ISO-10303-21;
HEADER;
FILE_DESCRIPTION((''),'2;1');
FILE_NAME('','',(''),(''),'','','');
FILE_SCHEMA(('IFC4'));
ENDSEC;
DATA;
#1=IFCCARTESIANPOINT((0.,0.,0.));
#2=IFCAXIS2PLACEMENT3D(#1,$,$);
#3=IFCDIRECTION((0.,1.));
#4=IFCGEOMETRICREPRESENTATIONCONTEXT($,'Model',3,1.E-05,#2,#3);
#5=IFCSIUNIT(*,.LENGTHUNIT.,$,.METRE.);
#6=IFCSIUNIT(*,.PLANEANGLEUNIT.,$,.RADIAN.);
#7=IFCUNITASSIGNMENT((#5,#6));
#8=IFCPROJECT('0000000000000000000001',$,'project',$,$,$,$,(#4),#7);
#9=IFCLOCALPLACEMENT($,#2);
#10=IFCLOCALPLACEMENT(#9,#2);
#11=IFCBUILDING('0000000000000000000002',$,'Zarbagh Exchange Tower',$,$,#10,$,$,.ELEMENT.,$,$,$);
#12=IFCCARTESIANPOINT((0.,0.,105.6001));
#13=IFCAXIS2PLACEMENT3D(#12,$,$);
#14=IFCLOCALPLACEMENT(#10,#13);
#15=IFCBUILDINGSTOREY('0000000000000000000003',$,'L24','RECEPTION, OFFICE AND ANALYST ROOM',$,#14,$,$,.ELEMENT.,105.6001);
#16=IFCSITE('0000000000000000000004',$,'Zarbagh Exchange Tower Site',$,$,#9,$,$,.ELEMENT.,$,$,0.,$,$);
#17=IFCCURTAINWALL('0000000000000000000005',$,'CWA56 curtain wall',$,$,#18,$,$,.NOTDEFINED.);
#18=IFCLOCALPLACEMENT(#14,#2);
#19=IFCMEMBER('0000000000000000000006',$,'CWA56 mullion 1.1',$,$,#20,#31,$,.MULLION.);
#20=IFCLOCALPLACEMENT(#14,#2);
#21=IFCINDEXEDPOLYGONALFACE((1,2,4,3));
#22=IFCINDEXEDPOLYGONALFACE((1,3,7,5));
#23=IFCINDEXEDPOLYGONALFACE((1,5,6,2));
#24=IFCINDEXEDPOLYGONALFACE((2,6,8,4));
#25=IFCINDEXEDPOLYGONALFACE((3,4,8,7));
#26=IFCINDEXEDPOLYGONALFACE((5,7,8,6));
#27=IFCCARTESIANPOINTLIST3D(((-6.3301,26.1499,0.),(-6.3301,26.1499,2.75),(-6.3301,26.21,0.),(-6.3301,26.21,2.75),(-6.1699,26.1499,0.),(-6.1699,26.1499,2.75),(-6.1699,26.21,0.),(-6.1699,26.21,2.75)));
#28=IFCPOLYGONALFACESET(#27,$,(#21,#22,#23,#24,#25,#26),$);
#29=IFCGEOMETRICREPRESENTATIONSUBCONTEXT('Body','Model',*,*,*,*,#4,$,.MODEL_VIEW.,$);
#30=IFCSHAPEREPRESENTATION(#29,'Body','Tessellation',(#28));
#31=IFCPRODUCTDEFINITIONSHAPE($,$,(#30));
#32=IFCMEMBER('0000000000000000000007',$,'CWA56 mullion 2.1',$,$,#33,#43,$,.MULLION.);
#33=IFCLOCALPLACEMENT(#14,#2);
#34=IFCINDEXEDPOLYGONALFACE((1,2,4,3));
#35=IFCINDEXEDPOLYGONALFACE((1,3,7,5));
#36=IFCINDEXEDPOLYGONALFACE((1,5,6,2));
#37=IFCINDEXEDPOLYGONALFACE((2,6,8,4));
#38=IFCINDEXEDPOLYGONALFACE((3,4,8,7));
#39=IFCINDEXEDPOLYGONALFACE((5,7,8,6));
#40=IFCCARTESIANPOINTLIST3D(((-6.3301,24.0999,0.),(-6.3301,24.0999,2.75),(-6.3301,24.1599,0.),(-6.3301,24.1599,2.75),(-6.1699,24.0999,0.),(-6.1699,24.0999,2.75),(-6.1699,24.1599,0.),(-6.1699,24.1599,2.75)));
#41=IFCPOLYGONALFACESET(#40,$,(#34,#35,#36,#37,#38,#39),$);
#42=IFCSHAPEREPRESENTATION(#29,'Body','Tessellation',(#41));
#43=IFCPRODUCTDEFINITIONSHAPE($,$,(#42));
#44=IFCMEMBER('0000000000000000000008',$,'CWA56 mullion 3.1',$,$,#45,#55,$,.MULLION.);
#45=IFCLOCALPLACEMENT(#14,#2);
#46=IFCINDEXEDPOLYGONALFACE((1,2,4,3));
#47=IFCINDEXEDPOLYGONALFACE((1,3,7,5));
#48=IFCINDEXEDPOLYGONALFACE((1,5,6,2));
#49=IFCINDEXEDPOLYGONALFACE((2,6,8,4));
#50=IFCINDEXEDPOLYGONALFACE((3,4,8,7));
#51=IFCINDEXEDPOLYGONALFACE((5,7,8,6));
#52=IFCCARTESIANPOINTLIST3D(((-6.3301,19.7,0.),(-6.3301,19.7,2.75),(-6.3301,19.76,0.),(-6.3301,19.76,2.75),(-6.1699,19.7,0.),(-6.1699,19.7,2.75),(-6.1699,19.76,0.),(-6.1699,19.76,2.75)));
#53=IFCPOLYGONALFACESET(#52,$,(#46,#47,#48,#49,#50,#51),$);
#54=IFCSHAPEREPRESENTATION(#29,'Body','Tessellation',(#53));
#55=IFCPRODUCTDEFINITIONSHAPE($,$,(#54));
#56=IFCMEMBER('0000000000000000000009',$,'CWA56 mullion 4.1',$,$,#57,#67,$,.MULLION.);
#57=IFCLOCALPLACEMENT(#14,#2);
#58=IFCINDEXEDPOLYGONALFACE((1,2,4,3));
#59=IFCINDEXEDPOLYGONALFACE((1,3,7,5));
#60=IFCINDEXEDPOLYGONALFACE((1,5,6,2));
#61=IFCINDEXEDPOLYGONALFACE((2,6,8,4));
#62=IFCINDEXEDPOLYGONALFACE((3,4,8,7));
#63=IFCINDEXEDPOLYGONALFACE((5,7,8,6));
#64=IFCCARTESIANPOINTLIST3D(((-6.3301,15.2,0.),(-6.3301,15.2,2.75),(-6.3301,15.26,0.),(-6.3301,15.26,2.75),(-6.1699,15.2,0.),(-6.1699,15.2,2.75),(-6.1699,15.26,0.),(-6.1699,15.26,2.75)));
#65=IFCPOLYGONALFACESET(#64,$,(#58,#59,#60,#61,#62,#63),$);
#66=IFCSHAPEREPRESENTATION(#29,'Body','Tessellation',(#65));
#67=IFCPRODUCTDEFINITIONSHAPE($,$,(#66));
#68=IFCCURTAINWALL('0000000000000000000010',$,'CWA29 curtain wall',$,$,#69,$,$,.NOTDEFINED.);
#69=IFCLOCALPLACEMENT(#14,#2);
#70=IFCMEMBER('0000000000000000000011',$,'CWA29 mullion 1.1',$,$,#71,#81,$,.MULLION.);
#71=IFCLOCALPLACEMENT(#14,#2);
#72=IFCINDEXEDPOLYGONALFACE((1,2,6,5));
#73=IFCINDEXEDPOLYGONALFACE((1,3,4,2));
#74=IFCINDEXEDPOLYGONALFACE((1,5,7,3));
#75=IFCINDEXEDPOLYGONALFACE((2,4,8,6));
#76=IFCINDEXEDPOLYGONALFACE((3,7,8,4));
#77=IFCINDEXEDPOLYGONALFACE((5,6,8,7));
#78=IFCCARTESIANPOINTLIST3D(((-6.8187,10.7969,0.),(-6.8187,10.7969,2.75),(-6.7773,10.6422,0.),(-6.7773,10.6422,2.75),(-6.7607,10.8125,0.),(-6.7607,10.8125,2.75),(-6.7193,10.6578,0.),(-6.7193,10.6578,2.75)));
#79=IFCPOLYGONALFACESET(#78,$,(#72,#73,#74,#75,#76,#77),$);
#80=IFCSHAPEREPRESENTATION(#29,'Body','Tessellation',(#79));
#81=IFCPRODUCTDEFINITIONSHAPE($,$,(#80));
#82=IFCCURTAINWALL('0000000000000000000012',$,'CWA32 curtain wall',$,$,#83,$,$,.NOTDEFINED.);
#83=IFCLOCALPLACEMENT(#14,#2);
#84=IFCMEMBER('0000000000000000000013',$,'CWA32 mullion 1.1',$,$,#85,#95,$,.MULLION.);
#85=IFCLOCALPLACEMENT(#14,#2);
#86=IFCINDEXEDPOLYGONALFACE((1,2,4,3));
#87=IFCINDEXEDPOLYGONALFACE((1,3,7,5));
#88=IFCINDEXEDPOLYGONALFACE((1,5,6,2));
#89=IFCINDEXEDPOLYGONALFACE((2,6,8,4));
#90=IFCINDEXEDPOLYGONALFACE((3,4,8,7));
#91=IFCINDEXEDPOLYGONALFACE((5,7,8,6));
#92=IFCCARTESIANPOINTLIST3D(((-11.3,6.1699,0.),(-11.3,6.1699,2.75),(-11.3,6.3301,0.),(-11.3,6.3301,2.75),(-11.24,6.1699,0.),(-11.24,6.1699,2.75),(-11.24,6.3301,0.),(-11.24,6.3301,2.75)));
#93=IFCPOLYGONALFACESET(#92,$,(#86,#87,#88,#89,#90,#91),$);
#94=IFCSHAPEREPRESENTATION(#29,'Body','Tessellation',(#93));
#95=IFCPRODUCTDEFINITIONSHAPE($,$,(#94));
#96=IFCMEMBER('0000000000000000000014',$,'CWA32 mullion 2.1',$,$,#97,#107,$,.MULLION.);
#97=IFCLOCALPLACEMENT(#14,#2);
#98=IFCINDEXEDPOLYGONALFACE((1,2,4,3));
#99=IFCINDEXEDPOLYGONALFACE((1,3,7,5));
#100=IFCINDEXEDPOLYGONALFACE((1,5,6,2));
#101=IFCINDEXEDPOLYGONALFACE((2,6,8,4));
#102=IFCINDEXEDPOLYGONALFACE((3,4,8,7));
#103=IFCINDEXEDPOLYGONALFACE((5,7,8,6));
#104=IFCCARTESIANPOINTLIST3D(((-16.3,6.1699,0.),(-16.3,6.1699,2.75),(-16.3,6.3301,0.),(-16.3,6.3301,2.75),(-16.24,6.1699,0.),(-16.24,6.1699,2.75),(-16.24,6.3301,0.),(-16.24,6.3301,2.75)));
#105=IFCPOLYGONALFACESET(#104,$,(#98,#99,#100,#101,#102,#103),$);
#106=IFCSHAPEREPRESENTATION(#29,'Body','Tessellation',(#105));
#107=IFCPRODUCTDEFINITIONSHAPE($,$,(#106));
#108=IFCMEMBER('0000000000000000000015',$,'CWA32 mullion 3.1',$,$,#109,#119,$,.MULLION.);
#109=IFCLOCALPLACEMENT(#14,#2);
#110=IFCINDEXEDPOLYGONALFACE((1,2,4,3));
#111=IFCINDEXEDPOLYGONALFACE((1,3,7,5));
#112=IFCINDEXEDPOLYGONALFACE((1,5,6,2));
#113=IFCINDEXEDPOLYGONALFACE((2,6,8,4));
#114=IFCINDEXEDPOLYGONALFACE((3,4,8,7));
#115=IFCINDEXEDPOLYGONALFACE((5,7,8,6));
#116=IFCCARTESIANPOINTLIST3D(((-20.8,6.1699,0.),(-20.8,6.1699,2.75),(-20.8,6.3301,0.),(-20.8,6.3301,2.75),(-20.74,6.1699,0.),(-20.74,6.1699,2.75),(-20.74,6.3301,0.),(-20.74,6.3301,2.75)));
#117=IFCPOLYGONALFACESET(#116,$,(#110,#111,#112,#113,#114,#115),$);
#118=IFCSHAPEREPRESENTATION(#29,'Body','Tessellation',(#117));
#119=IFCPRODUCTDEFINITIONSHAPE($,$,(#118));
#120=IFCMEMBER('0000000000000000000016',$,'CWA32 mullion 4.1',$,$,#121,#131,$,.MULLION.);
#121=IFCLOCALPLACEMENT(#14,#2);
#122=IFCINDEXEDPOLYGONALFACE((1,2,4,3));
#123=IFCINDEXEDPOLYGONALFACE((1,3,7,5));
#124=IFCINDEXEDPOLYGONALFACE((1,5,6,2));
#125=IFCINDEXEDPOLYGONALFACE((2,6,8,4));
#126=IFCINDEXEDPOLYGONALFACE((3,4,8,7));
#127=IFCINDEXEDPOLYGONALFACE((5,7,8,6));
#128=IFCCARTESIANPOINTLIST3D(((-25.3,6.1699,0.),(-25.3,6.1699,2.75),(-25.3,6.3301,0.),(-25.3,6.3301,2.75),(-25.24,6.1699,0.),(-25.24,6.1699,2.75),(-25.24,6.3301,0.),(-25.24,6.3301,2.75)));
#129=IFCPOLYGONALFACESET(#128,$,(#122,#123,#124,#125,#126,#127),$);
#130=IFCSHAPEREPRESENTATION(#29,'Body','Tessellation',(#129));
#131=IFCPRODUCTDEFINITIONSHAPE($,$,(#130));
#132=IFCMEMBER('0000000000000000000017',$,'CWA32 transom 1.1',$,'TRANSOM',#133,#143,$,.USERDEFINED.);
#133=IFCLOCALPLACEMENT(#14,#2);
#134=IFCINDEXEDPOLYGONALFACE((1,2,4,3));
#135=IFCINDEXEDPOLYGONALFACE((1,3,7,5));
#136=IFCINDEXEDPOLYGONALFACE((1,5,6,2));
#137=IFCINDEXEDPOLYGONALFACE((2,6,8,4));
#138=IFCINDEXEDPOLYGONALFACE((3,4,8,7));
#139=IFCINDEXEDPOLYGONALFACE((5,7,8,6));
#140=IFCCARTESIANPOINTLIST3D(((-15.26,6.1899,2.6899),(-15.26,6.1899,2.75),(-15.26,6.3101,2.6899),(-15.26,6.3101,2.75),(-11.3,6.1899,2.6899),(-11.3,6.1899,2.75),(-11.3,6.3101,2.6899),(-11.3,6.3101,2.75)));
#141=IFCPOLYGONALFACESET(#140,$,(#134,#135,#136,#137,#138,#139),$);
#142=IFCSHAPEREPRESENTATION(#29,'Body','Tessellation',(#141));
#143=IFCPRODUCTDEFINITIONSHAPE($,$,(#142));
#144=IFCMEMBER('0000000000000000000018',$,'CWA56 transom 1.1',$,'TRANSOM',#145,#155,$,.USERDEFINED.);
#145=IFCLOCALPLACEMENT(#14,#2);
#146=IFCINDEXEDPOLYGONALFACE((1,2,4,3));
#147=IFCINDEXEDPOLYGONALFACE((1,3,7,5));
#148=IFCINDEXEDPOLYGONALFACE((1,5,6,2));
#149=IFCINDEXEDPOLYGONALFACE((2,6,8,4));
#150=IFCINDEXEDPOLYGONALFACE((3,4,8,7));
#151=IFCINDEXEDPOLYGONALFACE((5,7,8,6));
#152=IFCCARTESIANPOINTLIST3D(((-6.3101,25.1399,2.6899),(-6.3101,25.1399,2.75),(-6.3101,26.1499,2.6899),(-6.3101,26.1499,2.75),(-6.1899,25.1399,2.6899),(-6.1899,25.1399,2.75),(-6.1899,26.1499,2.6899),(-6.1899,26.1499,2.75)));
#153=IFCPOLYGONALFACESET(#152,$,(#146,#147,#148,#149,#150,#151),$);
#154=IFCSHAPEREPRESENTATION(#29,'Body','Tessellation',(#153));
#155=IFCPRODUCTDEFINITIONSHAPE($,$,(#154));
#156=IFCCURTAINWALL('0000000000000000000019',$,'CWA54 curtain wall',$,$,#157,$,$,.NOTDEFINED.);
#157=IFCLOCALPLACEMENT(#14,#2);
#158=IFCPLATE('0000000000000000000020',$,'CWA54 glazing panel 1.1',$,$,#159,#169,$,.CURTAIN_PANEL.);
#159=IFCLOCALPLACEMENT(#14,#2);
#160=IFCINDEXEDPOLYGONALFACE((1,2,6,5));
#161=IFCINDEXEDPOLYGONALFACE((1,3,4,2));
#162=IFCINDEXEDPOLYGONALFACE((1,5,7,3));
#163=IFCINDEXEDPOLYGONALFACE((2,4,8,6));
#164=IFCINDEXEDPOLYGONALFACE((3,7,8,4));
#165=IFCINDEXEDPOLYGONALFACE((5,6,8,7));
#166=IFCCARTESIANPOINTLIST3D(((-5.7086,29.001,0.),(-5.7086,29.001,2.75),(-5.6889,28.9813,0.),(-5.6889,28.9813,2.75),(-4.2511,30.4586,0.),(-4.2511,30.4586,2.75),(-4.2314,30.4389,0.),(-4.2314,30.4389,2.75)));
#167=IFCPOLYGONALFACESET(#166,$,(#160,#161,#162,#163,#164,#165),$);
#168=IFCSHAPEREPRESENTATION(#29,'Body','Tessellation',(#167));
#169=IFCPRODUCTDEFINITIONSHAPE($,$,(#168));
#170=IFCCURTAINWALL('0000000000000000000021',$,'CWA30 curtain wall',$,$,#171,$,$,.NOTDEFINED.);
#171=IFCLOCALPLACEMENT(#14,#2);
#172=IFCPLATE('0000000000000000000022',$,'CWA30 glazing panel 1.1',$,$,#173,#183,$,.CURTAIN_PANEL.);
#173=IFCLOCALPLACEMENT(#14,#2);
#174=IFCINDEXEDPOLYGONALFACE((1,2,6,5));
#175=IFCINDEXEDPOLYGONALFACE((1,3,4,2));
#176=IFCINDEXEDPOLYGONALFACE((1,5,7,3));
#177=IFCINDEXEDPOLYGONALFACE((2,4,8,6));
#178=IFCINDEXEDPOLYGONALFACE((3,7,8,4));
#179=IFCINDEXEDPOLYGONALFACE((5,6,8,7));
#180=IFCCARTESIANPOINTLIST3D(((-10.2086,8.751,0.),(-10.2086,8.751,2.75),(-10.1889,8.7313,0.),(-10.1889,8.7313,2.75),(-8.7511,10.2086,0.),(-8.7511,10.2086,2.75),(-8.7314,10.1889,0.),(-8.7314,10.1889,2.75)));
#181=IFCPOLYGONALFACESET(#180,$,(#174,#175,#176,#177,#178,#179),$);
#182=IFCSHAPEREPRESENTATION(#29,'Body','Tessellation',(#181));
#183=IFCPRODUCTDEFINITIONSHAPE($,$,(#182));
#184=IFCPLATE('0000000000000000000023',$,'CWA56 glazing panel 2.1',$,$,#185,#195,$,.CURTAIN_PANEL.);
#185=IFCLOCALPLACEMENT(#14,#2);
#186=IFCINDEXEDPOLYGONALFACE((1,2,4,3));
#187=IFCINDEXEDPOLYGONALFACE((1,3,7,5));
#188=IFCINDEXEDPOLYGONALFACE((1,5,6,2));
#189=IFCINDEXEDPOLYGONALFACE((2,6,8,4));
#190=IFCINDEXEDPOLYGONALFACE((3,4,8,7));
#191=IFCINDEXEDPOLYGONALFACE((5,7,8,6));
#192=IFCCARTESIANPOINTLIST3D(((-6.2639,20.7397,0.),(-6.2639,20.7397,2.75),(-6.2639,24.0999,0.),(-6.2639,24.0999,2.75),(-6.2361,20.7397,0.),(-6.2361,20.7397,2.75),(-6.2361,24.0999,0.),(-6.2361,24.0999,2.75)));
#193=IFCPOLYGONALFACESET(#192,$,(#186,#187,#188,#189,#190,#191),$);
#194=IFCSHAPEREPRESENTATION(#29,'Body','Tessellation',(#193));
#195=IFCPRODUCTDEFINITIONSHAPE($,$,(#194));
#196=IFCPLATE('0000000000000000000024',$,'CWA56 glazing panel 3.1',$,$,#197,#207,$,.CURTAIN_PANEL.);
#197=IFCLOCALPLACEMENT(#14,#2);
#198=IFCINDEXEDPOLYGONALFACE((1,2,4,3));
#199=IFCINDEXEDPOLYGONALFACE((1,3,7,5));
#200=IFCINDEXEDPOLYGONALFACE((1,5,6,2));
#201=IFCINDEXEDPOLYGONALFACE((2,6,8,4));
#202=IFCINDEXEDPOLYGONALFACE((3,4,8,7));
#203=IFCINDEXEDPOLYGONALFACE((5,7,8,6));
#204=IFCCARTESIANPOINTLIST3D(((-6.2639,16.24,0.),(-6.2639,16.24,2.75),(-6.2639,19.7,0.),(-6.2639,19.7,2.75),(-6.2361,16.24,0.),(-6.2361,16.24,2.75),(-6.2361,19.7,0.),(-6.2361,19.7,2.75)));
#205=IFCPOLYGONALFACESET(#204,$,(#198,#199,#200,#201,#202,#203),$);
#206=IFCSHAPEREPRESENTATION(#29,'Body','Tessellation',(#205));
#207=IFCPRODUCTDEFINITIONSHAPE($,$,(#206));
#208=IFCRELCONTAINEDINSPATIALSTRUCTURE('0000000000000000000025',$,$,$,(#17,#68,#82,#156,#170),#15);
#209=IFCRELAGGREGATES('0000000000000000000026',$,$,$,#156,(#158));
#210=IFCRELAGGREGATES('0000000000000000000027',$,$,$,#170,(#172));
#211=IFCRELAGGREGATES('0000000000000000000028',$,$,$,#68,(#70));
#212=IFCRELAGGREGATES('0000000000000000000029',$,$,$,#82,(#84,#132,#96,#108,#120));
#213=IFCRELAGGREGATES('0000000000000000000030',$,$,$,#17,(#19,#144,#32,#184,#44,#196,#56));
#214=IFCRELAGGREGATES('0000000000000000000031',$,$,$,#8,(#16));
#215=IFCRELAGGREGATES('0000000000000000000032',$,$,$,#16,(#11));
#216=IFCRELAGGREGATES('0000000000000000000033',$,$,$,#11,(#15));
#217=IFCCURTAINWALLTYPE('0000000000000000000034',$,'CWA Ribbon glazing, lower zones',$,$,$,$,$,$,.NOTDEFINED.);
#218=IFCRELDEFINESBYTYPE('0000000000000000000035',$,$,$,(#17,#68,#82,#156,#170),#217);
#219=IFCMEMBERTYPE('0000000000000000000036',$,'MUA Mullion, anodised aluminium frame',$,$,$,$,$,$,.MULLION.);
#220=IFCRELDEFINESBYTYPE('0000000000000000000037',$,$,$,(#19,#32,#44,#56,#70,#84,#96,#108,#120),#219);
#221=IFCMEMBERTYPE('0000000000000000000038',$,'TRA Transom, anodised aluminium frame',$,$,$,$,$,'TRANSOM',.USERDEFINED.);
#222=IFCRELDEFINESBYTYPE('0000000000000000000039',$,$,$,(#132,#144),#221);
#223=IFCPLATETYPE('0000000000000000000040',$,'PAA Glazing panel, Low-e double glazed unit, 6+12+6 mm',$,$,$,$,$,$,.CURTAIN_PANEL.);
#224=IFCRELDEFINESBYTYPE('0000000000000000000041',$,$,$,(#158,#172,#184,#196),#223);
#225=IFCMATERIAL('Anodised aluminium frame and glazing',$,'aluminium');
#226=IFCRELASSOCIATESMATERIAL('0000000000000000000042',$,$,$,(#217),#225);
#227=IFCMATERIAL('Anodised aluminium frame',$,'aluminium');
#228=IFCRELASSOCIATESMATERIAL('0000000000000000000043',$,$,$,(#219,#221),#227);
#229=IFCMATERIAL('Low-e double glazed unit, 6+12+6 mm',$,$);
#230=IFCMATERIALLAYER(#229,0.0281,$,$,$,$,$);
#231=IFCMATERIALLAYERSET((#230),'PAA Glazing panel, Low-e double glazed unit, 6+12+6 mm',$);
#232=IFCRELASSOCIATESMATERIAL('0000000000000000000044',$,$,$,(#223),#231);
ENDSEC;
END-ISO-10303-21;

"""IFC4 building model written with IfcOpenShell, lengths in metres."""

from ifc_helpers import new_model, si_unit, direction, frame, origin, place, context, subcontext, project, spatial, polyline, outline, extrude, source, transform, mapped, material, layer, layer_set, type_object, element, aggregate, save


model = new_model("IFC4")

# Units and contexts
model_context = context("Model", 3, precision=1e-05, world=origin(), true_north=direction((0.0, 1.0)))
body_context = subcontext(model_context, "Body", "Model", "MODEL_VIEW")
ifc_project = project(units=[si_unit("LENGTHUNIT", "METRE"), si_unit("PLANEANGLEUNIT", "RADIAN")], contexts=[model_context])

# Site, building, storey
site_placement = place(None, origin())
site = spatial("IfcSite", under=ifc_project, at=site_placement, Name="Zarbagh Exchange Tower Site", CompositionType="ELEMENT", RefElevation=0.0)
building_placement = place(site_placement, origin())
building = spatial("IfcBuilding", under=site, at=building_placement, Name="Zarbagh Exchange Tower", CompositionType="ELEMENT")
storey_placement = place(building_placement, frame((0.0, 0.0, 105.6001)))
storey = spatial("IfcBuildingStorey", under=building, at=storey_placement, Name="L24", Description="RECEPTION, OFFICE AND ANALYST ROOM", CompositionType="ELEMENT", Elevation=105.6001)

# Curtain wall, members
ifc_material_1 = material(Name="Anodised aluminium frame and glazing", Category="aluminium")
curtain_wall_type = type_object("IfcCurtainWallType", Name="CWA Ribbon glazing, lower zones", PredefinedType="NOTDEFINED", material=ifc_material_1)
curtain_wall_1_placement = place(storey_placement, origin())
curtain_wall_1 = element("IfcCurtainWall", 1, at=curtain_wall_1_placement, inside=storey, type_object=curtain_wall_type, Name="CWA56 curtain wall", PredefinedType="NOTDEFINED")
ifc_material_2 = material(Name="Anodised aluminium frame", Category="aluminium")
member_type_1 = type_object("IfcMemberType", Name="MUA Mullion, anodised aluminium frame", PredefinedType="MULLION", material=ifc_material_2)
shared_shape_1 = source(origin(), body_context, "Body", "SweptSolid", [
    extrude(outline(polyline([(0.0, -0.0801), (0.0601, -0.0801), (0.0601, 0.0801), (0.0, 0.0801), (0.0, -0.0801)])), origin(), (0.0, 0.0, 1.0), 2.75),
])
placement = place(storey_placement, origin())
member_1 = element("IfcMember", 2, at=placement, type_object=member_type_1, Name="CWA56 mullion 1.1", PredefinedType="MULLION", context=body_context, shape_type="MappedRepresentation", body=[
    mapped(shared_shape_1, transform((-6.25, 26.21, 0.0), x_axis=(0.0, -1.0, 0.0), y_axis=(1.0, 0.0, 0.0), z_axis=(0.0, 0.0, 1.0))),
])
member_2 = element("IfcMember", 3, at=placement, type_object=member_type_1, Name="CWA56 mullion 2.1", PredefinedType="MULLION", context=body_context, shape_type="MappedRepresentation", body=[
    mapped(shared_shape_1, transform((-6.25, 24.1599, 0.0), x_axis=(0.0, -1.0, 0.0), y_axis=(1.0, 0.0, 0.0), z_axis=(0.0, 0.0, 1.0))),
])
member_3 = element("IfcMember", 4, at=placement, type_object=member_type_1, Name="CWA56 mullion 3.1", PredefinedType="MULLION", context=body_context, shape_type="MappedRepresentation", body=[
    mapped(shared_shape_1, transform((-6.25, 19.76, 0.0), x_axis=(0.0, -1.0, 0.0), y_axis=(1.0, 0.0, 0.0), z_axis=(0.0, 0.0, 1.0))),
])
member_4 = element("IfcMember", 5, at=placement, type_object=member_type_1, Name="CWA56 mullion 4.1", PredefinedType="MULLION", context=body_context, shape_type="MappedRepresentation", body=[
    mapped(shared_shape_1, transform((-6.25, 15.26, 0.0), x_axis=(0.0, -1.0, 0.0), y_axis=(1.0, 0.0, 0.0), z_axis=(0.0, 0.0, 1.0))),
])

# Curtain wall, member
curtain_wall_2_placement = place(storey_placement, origin())
curtain_wall_2 = element("IfcCurtainWall", 6, at=curtain_wall_2_placement, inside=storey, type_object=curtain_wall_type, Name="CWA29 curtain wall", PredefinedType="NOTDEFINED")
member_5 = element("IfcMember", 7, at=placement, type_object=member_type_1, Name="CWA29 mullion 1.1", PredefinedType="MULLION", context=body_context, shape_type="MappedRepresentation", body=[
    mapped(shared_shape_1, transform((-6.74, 10.7351, 0.0), x_axis=(-0.965924, -0.258825, 0.0), y_axis=(0.258825, -0.965924, 0.0), z_axis=(0.0, 0.0, 1.0))),
])

# Curtain wall, members
curtain_wall_3_placement = place(storey_placement, origin())
curtain_wall_3 = element("IfcCurtainWall", 8, at=curtain_wall_3_placement, inside=storey, type_object=curtain_wall_type, Name="CWA32 curtain wall", PredefinedType="NOTDEFINED")
member_6 = element("IfcMember", 9, at=placement, type_object=member_type_1, Name="CWA32 mullion 1.1", PredefinedType="MULLION", context=body_context, shape_type="MappedRepresentation", body=[
    mapped(shared_shape_1, transform((-11.24, 6.25, 0.0), x_axis=(-1.0, 0.0, 0.0), y_axis=(0.0, -1.0, 0.0), z_axis=(0.0, 0.0, 1.0))),
])
member_7 = element("IfcMember", 10, at=placement, type_object=member_type_1, Name="CWA32 mullion 2.1", PredefinedType="MULLION", context=body_context, shape_type="MappedRepresentation", body=[
    mapped(shared_shape_1, transform((-16.24, 6.25, 0.0), x_axis=(-1.0, 0.0, 0.0), y_axis=(0.0, -1.0, 0.0), z_axis=(0.0, 0.0, 1.0))),
])
member_8 = element("IfcMember", 11, at=placement, type_object=member_type_1, Name="CWA32 mullion 3.1", PredefinedType="MULLION", context=body_context, shape_type="MappedRepresentation", body=[
    mapped(shared_shape_1, transform((-20.74, 6.25, 0.0), x_axis=(-1.0, 0.0, 0.0), y_axis=(0.0, -1.0, 0.0), z_axis=(0.0, 0.0, 1.0))),
])
member_9 = element("IfcMember", 12, at=placement, type_object=member_type_1, Name="CWA32 mullion 4.1", PredefinedType="MULLION", context=body_context, shape_type="MappedRepresentation", body=[
    mapped(shared_shape_1, transform((-25.24, 6.25, 0.0), x_axis=(-1.0, 0.0, 0.0), y_axis=(0.0, -1.0, 0.0), z_axis=(0.0, 0.0, 1.0))),
])
member_type_2 = type_object("IfcMemberType", Name="TRA Transom, anodised aluminium frame", ElementType="TRANSOM", PredefinedType="USERDEFINED", material=ifc_material_2)
shared_shape_2 = source(origin(), body_context, "Body", "SweptSolid", [
    extrude(outline(polyline([(-0.0601, -0.0601), (0.0, -0.0601), (0.0, 0.0601), (-0.0601, 0.0601), (-0.0601, -0.0601)])), origin(), (0.0, 0.0, 1.0), 3.96),
])
member_10 = element("IfcMember", 13, at=placement, type_object=member_type_2, Name="CWA32 transom 1.1", ObjectType="TRANSOM", PredefinedType="USERDEFINED", context=body_context, shape_type="MappedRepresentation", body=[
    mapped(shared_shape_2, transform((-11.3, 6.25, 2.75), x_axis=(0.0, 0.0, 1.0), y_axis=(0.0, 1.0, 0.0), z_axis=(-1.0, 0.0, 0.0))),
])

# Member
shared_shape_3 = source(origin(), body_context, "Body", "SweptSolid", [
    extrude(outline(polyline([(-0.0601, -0.0601), (0.0, -0.0601), (0.0, 0.0601), (-0.0601, 0.0601), (-0.0601, -0.0601)])), origin(), (0.0, 0.0, 1.0), 1.01),
])
member_11 = element("IfcMember", 14, at=placement, type_object=member_type_2, Name="CWA56 transom 1.1", ObjectType="TRANSOM", PredefinedType="USERDEFINED", context=body_context, shape_type="MappedRepresentation", body=[
    mapped(shared_shape_3, transform((-6.25, 26.1499, 2.75), x_axis=(0.0, 0.0, 1.0), y_axis=(-1.0, 0.0, 0.0), z_axis=(0.0, -1.0, 0.0))),
])

# Curtain walls, plates
curtain_wall_4_placement = place(storey_placement, origin())
curtain_wall_4 = element("IfcCurtainWall", 15, at=curtain_wall_4_placement, inside=storey, type_object=curtain_wall_type, Name="CWA54 curtain wall", PredefinedType="NOTDEFINED")
ifc_material_3 = material(Name="Low-e double glazed unit, 6+12+6 mm")
ifc_layer = layer(ifc_material_3, 0.0281)
ifc_layer_set = layer_set([ifc_layer], Name="PAA Glazing panel, Low-e double glazed unit, 6+12+6 mm")
plate_type = type_object("IfcPlateType", Name="PAA Glazing panel, Low-e double glazed unit, 6+12+6 mm", PredefinedType="CURTAIN_PANEL", material=ifc_layer_set)
shared_shape_4 = source(origin(), body_context, "Body", "SweptSolid", [
    extrude(outline(polyline([(0.0, -0.0139), (2.0613, -0.0139), (2.0613, 0.0139), (0.0, 0.0139), (0.0, -0.0139)])), origin(), (0.0, 0.0, 1.0), 2.75),
])
plate_1 = element("IfcPlate", 16, at=placement, type_object=plate_type, Name="CWA54 glazing panel 1.1", PredefinedType="CURTAIN_PANEL", context=body_context, shape_type="MappedRepresentation", body=[
    mapped(shared_shape_4, transform((-4.2412, 30.4487, 0.0), x_axis=(-0.707107, -0.707107, 0.0), y_axis=(0.707107, -0.707107, 0.0), z_axis=(0.0, 0.0, 1.0))),
])
aggregate(curtain_wall_4, [plate_1])
curtain_wall_5_placement = place(storey_placement, origin())
curtain_wall_5 = element("IfcCurtainWall", 17, at=curtain_wall_5_placement, inside=storey, type_object=curtain_wall_type, Name="CWA30 curtain wall", PredefinedType="NOTDEFINED")
plate_2 = element("IfcPlate", 18, at=placement, type_object=plate_type, Name="CWA30 glazing panel 1.1", PredefinedType="CURTAIN_PANEL", context=body_context, shape_type="MappedRepresentation", body=[
    mapped(shared_shape_4, transform((-8.7412, 10.1987, 0.0), x_axis=(-0.707107, -0.707107, 0.0), y_axis=(0.707107, -0.707107, 0.0), z_axis=(0.0, 0.0, 1.0))),
])
aggregate(curtain_wall_5, [plate_2])

# Plates
shared_shape_5 = source(origin(), body_context, "Body", "SweptSolid", [
    extrude(outline(polyline([(0.0, -0.0139), (3.3601, -0.0139), (3.3601, 0.0139), (0.0, 0.0139), (0.0, -0.0139)])), origin(), (0.0, 0.0, 1.0), 2.75),
])
plate_3 = element("IfcPlate", 19, at=placement, type_object=plate_type, Name="CWA56 glazing panel 2.1", PredefinedType="CURTAIN_PANEL", context=body_context, shape_type="MappedRepresentation", body=[
    mapped(shared_shape_5, transform((-6.25, 24.0999, 0.0), x_axis=(0.0, -1.0, 0.0), y_axis=(1.0, 0.0, 0.0), z_axis=(0.0, 0.0, 1.0))),
])
shared_shape_6 = source(origin(), body_context, "Body", "SweptSolid", [
    extrude(outline(polyline([(0.0, -0.0139), (3.46, -0.0139), (3.46, 0.0139), (0.0, 0.0139), (0.0, -0.0139)])), origin(), (0.0, 0.0, 1.0), 2.75),
])
plate_4 = element("IfcPlate", 20, at=placement, type_object=plate_type, Name="CWA56 glazing panel 3.1", PredefinedType="CURTAIN_PANEL", context=body_context, shape_type="MappedRepresentation", body=[
    mapped(shared_shape_6, transform((-6.25, 19.7, 0.0), x_axis=(0.0, -1.0, 0.0), y_axis=(1.0, 0.0, 0.0), z_axis=(0.0, 0.0, 1.0))),
])
aggregate(curtain_wall_2, [member_5])

aggregate(curtain_wall_3, [member_6, member_10, member_7, member_8, member_9])

aggregate(curtain_wall_1, [member_1, member_11, member_2, plate_3, member_3, plate_4, member_4])

save(model, "model.ifc")
